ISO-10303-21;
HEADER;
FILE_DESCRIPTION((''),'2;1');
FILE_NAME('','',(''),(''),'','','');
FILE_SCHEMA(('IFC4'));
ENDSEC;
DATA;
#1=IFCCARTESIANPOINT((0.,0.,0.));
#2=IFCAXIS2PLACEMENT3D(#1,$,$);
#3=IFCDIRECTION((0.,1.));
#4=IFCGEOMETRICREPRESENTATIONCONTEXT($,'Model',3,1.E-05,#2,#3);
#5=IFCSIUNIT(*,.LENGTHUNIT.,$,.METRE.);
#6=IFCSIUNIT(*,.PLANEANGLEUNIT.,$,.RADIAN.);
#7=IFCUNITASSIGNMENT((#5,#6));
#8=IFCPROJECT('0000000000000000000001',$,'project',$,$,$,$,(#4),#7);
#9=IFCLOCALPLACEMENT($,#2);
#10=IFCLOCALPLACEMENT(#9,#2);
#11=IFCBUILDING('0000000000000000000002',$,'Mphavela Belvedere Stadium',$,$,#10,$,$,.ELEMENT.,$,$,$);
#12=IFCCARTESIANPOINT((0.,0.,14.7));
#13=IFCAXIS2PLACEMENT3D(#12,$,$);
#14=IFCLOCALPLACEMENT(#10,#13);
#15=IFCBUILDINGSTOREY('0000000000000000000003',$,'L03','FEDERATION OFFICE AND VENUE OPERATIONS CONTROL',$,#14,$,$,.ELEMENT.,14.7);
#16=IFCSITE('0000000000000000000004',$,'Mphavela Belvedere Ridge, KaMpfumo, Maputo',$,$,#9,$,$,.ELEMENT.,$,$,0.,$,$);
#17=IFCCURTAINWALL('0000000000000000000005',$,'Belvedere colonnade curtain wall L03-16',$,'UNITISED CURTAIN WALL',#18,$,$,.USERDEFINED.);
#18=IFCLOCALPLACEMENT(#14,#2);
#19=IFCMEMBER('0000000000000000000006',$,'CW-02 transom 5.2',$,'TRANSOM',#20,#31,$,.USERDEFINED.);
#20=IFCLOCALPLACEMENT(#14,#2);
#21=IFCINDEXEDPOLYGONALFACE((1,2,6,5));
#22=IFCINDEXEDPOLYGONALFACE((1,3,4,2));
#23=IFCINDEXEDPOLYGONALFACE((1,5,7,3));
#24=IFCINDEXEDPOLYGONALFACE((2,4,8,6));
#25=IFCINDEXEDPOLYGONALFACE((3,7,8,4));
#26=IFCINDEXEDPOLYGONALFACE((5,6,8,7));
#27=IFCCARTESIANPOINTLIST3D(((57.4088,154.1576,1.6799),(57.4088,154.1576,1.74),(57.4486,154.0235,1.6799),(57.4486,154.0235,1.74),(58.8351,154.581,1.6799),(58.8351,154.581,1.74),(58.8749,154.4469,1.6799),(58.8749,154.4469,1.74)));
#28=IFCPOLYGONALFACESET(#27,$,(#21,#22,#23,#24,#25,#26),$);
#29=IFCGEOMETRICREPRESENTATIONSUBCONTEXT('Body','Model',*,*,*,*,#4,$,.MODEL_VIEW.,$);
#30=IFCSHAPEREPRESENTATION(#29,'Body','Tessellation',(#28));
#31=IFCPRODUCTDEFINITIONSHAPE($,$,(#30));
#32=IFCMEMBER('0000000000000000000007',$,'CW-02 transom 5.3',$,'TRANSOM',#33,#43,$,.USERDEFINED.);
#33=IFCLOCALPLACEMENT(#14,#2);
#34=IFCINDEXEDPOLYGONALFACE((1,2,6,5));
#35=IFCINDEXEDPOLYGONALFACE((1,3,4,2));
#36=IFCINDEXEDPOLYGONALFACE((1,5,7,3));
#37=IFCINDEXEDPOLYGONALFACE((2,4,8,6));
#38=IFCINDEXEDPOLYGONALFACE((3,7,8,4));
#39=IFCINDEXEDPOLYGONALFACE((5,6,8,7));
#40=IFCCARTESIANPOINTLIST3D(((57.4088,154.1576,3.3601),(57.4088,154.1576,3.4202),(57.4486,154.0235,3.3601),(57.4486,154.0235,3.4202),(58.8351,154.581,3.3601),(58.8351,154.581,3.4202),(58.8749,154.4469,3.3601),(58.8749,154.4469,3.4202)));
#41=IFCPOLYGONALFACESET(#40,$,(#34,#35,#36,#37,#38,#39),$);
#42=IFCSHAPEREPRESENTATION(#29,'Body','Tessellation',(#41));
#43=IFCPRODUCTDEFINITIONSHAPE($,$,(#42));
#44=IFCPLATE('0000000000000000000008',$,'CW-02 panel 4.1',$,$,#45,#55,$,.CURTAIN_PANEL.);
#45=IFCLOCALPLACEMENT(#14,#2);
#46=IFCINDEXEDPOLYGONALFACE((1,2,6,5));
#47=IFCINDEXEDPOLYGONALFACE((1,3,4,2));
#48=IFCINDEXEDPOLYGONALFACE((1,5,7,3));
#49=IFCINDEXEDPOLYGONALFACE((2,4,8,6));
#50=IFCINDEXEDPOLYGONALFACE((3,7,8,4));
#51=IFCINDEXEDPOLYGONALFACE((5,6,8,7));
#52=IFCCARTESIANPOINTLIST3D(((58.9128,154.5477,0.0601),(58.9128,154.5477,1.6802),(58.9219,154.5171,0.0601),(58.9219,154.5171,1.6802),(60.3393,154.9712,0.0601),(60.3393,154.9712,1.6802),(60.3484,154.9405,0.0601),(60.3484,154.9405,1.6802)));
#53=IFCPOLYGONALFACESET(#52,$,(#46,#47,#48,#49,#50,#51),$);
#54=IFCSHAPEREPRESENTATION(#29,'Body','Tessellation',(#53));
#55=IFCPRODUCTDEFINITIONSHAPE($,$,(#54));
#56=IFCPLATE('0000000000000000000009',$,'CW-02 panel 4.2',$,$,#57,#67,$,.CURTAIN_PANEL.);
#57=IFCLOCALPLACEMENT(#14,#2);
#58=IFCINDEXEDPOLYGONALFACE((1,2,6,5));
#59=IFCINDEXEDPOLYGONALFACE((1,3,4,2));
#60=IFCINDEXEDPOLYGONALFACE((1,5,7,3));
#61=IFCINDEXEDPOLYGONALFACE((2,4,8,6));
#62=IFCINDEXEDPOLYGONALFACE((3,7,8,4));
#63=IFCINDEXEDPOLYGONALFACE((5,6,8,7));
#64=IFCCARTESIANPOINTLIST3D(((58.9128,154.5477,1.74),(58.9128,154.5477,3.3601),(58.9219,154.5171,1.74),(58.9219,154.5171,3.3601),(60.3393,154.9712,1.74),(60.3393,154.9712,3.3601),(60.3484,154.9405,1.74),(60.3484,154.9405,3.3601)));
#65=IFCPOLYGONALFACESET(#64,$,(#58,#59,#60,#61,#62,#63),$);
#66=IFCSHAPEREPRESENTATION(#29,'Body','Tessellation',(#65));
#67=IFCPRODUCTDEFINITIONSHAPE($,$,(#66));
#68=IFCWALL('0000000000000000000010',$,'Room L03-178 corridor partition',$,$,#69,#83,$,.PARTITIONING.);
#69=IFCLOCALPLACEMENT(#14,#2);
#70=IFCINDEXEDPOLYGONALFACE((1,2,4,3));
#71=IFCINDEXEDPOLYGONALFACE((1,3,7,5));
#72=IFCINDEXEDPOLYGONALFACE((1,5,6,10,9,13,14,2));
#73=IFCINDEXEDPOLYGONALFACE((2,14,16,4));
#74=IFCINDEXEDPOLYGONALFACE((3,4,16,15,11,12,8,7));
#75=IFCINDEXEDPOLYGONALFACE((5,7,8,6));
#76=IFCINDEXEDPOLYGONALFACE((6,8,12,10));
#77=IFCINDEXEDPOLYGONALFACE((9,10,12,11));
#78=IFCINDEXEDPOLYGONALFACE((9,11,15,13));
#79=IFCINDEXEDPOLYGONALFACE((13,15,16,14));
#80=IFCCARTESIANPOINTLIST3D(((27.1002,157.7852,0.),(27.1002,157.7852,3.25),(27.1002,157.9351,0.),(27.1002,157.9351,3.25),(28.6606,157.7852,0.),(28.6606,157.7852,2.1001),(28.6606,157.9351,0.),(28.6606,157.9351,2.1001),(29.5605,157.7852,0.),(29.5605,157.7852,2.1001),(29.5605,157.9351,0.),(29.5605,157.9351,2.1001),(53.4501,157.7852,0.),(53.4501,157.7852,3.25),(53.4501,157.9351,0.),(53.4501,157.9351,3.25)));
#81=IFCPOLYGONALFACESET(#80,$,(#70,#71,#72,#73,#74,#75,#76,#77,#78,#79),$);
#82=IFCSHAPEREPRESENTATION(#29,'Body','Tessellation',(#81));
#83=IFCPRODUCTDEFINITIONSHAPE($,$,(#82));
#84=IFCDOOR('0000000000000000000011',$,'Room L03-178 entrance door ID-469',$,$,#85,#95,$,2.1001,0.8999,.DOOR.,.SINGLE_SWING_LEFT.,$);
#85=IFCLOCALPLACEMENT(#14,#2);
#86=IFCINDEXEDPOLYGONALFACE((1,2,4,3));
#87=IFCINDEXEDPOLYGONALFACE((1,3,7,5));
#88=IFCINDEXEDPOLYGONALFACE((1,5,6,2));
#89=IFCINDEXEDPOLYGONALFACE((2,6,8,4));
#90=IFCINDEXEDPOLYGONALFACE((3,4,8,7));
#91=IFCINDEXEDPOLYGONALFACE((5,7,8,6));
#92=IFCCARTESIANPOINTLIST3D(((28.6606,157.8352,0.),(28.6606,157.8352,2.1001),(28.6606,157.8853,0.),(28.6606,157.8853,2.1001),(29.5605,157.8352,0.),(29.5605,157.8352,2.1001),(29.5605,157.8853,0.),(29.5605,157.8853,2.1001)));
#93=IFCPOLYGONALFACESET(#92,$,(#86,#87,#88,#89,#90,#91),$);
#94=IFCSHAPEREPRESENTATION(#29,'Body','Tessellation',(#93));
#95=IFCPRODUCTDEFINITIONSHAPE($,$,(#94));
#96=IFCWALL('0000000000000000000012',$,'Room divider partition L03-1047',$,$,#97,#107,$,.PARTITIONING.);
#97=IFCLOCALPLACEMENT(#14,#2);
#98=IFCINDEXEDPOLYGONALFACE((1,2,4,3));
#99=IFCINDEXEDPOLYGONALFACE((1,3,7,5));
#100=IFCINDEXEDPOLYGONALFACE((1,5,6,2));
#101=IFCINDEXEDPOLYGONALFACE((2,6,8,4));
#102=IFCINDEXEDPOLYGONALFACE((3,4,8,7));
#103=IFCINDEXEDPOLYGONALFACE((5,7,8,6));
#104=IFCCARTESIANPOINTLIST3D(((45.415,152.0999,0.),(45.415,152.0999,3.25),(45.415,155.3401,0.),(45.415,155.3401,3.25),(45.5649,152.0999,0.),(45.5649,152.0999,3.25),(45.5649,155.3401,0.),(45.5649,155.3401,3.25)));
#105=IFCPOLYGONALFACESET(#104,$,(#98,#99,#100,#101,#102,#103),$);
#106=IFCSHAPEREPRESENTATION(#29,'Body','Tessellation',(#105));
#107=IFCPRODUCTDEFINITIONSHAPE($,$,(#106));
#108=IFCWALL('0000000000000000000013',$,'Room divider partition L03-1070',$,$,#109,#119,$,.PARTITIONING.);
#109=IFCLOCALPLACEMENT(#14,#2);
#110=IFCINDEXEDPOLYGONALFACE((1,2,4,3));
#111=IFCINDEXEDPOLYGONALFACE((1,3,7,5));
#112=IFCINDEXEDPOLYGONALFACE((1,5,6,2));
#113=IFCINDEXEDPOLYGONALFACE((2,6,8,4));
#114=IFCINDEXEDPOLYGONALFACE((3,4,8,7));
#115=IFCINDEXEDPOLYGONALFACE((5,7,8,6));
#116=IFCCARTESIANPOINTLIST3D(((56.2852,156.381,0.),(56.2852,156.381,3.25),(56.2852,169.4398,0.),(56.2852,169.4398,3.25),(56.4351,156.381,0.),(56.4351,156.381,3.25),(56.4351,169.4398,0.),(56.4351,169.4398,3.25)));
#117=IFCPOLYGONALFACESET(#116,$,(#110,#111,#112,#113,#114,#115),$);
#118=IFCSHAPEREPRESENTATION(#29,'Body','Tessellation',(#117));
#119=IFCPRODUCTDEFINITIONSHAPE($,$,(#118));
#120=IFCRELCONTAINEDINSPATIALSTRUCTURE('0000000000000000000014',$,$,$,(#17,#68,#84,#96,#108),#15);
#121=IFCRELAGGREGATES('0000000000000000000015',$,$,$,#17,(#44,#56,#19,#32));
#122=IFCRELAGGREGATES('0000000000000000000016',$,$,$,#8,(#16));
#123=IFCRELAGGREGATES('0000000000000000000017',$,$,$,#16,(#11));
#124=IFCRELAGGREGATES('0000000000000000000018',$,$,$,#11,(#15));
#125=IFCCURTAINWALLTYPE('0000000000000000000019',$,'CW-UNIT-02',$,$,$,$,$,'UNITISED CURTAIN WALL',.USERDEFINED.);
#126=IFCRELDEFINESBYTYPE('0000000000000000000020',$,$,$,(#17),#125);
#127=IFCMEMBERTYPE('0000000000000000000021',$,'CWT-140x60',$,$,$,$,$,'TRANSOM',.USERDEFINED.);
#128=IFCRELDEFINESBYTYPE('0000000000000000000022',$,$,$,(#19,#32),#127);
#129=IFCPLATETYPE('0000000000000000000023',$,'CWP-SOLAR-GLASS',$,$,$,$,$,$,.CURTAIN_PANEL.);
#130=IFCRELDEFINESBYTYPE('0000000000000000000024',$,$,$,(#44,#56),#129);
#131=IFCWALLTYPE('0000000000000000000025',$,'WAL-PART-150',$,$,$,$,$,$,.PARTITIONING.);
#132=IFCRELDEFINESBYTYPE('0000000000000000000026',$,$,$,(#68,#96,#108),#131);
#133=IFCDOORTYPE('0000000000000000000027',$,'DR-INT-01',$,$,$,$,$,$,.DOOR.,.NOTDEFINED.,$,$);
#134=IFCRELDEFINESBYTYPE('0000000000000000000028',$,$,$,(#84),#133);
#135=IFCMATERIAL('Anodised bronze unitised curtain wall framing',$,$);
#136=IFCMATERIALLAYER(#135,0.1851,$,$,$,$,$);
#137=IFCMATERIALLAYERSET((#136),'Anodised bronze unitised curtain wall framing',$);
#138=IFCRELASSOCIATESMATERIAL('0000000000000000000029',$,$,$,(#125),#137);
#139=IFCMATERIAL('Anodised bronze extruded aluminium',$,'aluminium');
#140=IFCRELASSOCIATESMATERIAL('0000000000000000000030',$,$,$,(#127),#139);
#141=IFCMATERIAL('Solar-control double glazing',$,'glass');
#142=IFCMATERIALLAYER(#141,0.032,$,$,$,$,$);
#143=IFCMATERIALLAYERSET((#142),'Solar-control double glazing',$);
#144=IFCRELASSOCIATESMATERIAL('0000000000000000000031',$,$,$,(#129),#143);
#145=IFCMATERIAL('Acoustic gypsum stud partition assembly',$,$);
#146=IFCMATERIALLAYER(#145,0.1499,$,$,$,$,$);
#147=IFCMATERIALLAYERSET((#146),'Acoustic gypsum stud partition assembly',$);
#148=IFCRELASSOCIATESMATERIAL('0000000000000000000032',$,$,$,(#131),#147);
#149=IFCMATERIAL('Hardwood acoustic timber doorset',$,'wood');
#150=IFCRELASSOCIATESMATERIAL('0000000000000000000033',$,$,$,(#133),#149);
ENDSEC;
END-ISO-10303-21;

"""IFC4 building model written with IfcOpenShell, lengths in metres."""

from ifc_helpers import new_model, si_unit, direction, frame, frame_2d, origin, origin_2d, place, context, subcontext, project, spatial, rectangle, extrude, material, layer, layer_set, material_profile, profile_set, type_object, element, fill, aggregate, save


model = new_model("IFC4")

# Units and contexts
model_context = context("Model", 3, precision=1e-05, world=origin(), true_north=direction((0.0, 1.0)))
body_context = subcontext(model_context, "Body", "Model", "MODEL_VIEW")
ifc_project = project(units=[si_unit("LENGTHUNIT", "METRE"), si_unit("PLANEANGLEUNIT", "RADIAN")], contexts=[model_context])

# Site, building, storey
site_placement = place(None, origin())
site = spatial("IfcSite", under=ifc_project, at=site_placement, Name="Mphavela Belvedere Ridge, KaMpfumo, Maputo", CompositionType="ELEMENT", RefElevation=0.0)
building_placement = place(site_placement, origin())
building = spatial("IfcBuilding", under=site, at=building_placement, Name="Mphavela Belvedere Stadium", CompositionType="ELEMENT")
storey_placement = place(building_placement, frame((0.0, 0.0, 14.7)))
storey = spatial("IfcBuildingStorey", under=building, at=storey_placement, Name="L03", Description="FEDERATION OFFICE AND VENUE OPERATIONS CONTROL", CompositionType="ELEMENT", Elevation=14.7)

# Curtain wall, members, plates
ifc_material_1 = material(Name="Anodised bronze unitised curtain wall framing")
ifc_layer_1 = layer(ifc_material_1, 0.1851)
ifc_layer_set_1 = layer_set([ifc_layer_1], Name="Anodised bronze unitised curtain wall framing")
curtain_wall_type = type_object("IfcCurtainWallType", Name="CW-UNIT-02", ElementType="UNITISED CURTAIN WALL", PredefinedType="USERDEFINED", material=ifc_layer_set_1)
curtain_wall_placement = place(storey_placement, origin())
curtain_wall = element("IfcCurtainWall", 1, at=curtain_wall_placement, inside=storey, type_object=curtain_wall_type, Name="Belvedere colonnade curtain wall L03-16", ObjectType="UNITISED CURTAIN WALL", PredefinedType="USERDEFINED")
ifc_material_2 = material(Name="Anodised bronze extruded aluminium", Category="aluminium")
ifc_material_profile_1 = material_profile(ifc_material_2, rectangle(XDim=0.1399, YDim=0.0601, at=origin_2d()), Name="CW-TRN 140x60")
ifc_profile_set_1 = profile_set([ifc_material_profile_1], Name="Anodised bronze extruded aluminium")
member_type_1 = type_object("IfcMemberType", Name="CWT-140x60", ElementType="TRANSOM", PredefinedType="USERDEFINED", material=ifc_profile_set_1)
member_1_placement = place(storey_placement, frame((58.855, 154.5139, 1.71), z_axis=(-0.958662, -0.284546, 0.0), x_axis=(0.284546, -0.958662, 0.0)))
member_1 = element("IfcMember", 2, at=member_1_placement, type_object=member_type_1, Name="CW-02 transom 5.2", ObjectType="TRANSOM", PredefinedType="USERDEFINED", context=body_context, shape_type="SweptSolid", body=[
    extrude(rectangle(XDim=0.1399, YDim=0.0601, at=origin_2d()), origin(), (0.0, 0.0, 1.0), 1.4878),
])
member_2_placement = place(storey_placement, frame((58.855, 154.5139, 3.3901), z_axis=(-0.958662, -0.284546, 0.0), x_axis=(0.284546, -0.958662, 0.0)))
member_2 = element("IfcMember", 3, at=member_2_placement, type_object=member_type_1, Name="CW-02 transom 5.3", ObjectType="TRANSOM", PredefinedType="USERDEFINED", context=body_context, shape_type="SweptSolid", body=[
    extrude(rectangle(XDim=0.1399, YDim=0.0601, at=origin_2d()), origin(), (0.0, 0.0, 1.0), 1.4878),
])
ifc_material_3 = material(Name="Solar-control double glazing", Category="glass")
ifc_layer_2 = layer(ifc_material_3, 0.032)
ifc_layer_set_2 = layer_set([ifc_layer_2], Name="Solar-control double glazing")
plate_type = type_object("IfcPlateType", Name="CWP-SOLAR-GLASS", PredefinedType="CURTAIN_PANEL", material=ifc_layer_set_2)
plate_1_placement = place(storey_placement, frame((59.6306, 154.7441, 0.0601), z_axis=(0.0, 0.0, 1.0), x_axis=(-0.958657, -0.284565, 0.0)))
plate_1 = element("IfcPlate", 4, at=plate_1_placement, type_object=plate_type, Name="CW-02 panel 4.1", PredefinedType="CURTAIN_PANEL", context=body_context, shape_type="SweptSolid", body=[
    extrude(rectangle(XDim=1.488, YDim=0.032, at=origin_2d()), origin(), (0.0, 0.0, 1.0), 1.6201),
])
plate_2_placement = place(storey_placement, frame((59.6306, 154.7441, 1.74), z_axis=(0.0, 0.0, 1.0), x_axis=(-0.958657, -0.284565, 0.0)))
plate_2 = element("IfcPlate", 5, at=plate_2_placement, type_object=plate_type, Name="CW-02 panel 4.2", PredefinedType="CURTAIN_PANEL", context=body_context, shape_type="SweptSolid", body=[
    extrude(rectangle(XDim=1.488, YDim=0.032, at=origin_2d()), origin(), (0.0, 0.0, 1.0), 1.6201),
])
aggregate(curtain_wall, [plate_1, plate_2, member_1, member_2])

# Wall, opening, door
ifc_material_4 = material(Name="Acoustic gypsum stud partition assembly")
ifc_layer_3 = layer(ifc_material_4, 0.1499)
ifc_layer_set_3 = layer_set([ifc_layer_3], Name="Acoustic gypsum stud partition assembly")
wall_type = type_object("IfcWallType", Name="WAL-PART-150", PredefinedType="PARTITIONING", material=ifc_layer_set_3)
wall_1_placement = place(storey_placement, frame((53.45, 157.8601, 0.0), z_axis=(0.0, 0.0, 1.0), x_axis=(-1.0, 0.0, 0.0)))
wall_1 = element("IfcWall", 6, at=wall_1_placement, inside=storey, type_object=wall_type, Name="Room L03-178 corridor partition", PredefinedType="PARTITIONING", context=body_context, shape_type="SweptSolid", body=[
    extrude(rectangle(XDim=26.3499, YDim=0.1499, at=frame_2d((13.1748, 0.0))), origin(), (0.0, 0.0, 1.0), 3.25),
])
opening_placement = place(wall_1_placement, frame((23.8894, 0.0, 0.0)))
opening = element("IfcOpeningElement", 7, at=opening_placement, cuts=wall_1, PredefinedType="OPENING", context=body_context, shape_type="SweptSolid", body=[
    extrude(rectangle(XDim=0.8999, YDim=2.1001, at=frame_2d((0.45, 1.05))), frame((0.0, 0.085, 0.0), z_axis=(0.0, -1.0, 0.0), x_axis=(1.0, 0.0, 0.0)), (0.0, 0.0, 1.0), 0.1699),
])
ifc_material_5 = material(Name="Hardwood acoustic timber doorset", Category="wood")
door_type = type_object("IfcDoorType", Name="DR-INT-01", OperationType="NOTDEFINED", PredefinedType="DOOR", material=ifc_material_5)
door_placement = place(opening_placement, origin())
door = element("IfcDoor", 8, at=door_placement, inside=storey, type_object=door_type, Name="Room L03-178 entrance door ID-469", OperationType="SINGLE_SWING_LEFT", OverallHeight=2.1001, OverallWidth=0.8999, PredefinedType="DOOR", context=body_context, shape_type="SweptSolid", body=[
    extrude(rectangle(XDim=0.8999, YDim=2.1001, at=frame_2d((0.45, 1.05))), frame((0.0, 0.0249, 0.0), z_axis=(0.0, -1.0, 0.0), x_axis=(1.0, 0.0, 0.0)), (0.0, 0.0, 1.0), 0.05),
])
fill(opening, door)

# Walls
wall_2_placement = place(storey_placement, frame((45.49, 155.3401, 0.0), z_axis=(0.0, 0.0, 1.0), x_axis=(0.0, -1.0, 0.0)))
element("IfcWall", 9, at=wall_2_placement, inside=storey, type_object=wall_type, Name="Room divider partition L03-1047", PredefinedType="PARTITIONING", context=body_context, shape_type="SweptSolid", body=[
    extrude(rectangle(XDim=3.2402, YDim=0.1499, at=frame_2d((1.6201, 0.0))), origin(), (0.0, 0.0, 1.0), 3.25),
])
wall_3_placement = place(storey_placement, frame((56.3601, 156.3811, 0.0), z_axis=(0.0, 0.0, 1.0), x_axis=(0.0, 1.0, 0.0)))
element("IfcWall", 10, at=wall_3_placement, inside=storey, type_object=wall_type, Name="Room divider partition L03-1070", PredefinedType="PARTITIONING", context=body_context, shape_type="SweptSolid", body=[
    extrude(rectangle(XDim=13.0588, YDim=0.1499, at=frame_2d((6.5293, 0.0))), origin(), (0.0, 0.0, 1.0), 3.25),
])

save(model, "model.ifc")
